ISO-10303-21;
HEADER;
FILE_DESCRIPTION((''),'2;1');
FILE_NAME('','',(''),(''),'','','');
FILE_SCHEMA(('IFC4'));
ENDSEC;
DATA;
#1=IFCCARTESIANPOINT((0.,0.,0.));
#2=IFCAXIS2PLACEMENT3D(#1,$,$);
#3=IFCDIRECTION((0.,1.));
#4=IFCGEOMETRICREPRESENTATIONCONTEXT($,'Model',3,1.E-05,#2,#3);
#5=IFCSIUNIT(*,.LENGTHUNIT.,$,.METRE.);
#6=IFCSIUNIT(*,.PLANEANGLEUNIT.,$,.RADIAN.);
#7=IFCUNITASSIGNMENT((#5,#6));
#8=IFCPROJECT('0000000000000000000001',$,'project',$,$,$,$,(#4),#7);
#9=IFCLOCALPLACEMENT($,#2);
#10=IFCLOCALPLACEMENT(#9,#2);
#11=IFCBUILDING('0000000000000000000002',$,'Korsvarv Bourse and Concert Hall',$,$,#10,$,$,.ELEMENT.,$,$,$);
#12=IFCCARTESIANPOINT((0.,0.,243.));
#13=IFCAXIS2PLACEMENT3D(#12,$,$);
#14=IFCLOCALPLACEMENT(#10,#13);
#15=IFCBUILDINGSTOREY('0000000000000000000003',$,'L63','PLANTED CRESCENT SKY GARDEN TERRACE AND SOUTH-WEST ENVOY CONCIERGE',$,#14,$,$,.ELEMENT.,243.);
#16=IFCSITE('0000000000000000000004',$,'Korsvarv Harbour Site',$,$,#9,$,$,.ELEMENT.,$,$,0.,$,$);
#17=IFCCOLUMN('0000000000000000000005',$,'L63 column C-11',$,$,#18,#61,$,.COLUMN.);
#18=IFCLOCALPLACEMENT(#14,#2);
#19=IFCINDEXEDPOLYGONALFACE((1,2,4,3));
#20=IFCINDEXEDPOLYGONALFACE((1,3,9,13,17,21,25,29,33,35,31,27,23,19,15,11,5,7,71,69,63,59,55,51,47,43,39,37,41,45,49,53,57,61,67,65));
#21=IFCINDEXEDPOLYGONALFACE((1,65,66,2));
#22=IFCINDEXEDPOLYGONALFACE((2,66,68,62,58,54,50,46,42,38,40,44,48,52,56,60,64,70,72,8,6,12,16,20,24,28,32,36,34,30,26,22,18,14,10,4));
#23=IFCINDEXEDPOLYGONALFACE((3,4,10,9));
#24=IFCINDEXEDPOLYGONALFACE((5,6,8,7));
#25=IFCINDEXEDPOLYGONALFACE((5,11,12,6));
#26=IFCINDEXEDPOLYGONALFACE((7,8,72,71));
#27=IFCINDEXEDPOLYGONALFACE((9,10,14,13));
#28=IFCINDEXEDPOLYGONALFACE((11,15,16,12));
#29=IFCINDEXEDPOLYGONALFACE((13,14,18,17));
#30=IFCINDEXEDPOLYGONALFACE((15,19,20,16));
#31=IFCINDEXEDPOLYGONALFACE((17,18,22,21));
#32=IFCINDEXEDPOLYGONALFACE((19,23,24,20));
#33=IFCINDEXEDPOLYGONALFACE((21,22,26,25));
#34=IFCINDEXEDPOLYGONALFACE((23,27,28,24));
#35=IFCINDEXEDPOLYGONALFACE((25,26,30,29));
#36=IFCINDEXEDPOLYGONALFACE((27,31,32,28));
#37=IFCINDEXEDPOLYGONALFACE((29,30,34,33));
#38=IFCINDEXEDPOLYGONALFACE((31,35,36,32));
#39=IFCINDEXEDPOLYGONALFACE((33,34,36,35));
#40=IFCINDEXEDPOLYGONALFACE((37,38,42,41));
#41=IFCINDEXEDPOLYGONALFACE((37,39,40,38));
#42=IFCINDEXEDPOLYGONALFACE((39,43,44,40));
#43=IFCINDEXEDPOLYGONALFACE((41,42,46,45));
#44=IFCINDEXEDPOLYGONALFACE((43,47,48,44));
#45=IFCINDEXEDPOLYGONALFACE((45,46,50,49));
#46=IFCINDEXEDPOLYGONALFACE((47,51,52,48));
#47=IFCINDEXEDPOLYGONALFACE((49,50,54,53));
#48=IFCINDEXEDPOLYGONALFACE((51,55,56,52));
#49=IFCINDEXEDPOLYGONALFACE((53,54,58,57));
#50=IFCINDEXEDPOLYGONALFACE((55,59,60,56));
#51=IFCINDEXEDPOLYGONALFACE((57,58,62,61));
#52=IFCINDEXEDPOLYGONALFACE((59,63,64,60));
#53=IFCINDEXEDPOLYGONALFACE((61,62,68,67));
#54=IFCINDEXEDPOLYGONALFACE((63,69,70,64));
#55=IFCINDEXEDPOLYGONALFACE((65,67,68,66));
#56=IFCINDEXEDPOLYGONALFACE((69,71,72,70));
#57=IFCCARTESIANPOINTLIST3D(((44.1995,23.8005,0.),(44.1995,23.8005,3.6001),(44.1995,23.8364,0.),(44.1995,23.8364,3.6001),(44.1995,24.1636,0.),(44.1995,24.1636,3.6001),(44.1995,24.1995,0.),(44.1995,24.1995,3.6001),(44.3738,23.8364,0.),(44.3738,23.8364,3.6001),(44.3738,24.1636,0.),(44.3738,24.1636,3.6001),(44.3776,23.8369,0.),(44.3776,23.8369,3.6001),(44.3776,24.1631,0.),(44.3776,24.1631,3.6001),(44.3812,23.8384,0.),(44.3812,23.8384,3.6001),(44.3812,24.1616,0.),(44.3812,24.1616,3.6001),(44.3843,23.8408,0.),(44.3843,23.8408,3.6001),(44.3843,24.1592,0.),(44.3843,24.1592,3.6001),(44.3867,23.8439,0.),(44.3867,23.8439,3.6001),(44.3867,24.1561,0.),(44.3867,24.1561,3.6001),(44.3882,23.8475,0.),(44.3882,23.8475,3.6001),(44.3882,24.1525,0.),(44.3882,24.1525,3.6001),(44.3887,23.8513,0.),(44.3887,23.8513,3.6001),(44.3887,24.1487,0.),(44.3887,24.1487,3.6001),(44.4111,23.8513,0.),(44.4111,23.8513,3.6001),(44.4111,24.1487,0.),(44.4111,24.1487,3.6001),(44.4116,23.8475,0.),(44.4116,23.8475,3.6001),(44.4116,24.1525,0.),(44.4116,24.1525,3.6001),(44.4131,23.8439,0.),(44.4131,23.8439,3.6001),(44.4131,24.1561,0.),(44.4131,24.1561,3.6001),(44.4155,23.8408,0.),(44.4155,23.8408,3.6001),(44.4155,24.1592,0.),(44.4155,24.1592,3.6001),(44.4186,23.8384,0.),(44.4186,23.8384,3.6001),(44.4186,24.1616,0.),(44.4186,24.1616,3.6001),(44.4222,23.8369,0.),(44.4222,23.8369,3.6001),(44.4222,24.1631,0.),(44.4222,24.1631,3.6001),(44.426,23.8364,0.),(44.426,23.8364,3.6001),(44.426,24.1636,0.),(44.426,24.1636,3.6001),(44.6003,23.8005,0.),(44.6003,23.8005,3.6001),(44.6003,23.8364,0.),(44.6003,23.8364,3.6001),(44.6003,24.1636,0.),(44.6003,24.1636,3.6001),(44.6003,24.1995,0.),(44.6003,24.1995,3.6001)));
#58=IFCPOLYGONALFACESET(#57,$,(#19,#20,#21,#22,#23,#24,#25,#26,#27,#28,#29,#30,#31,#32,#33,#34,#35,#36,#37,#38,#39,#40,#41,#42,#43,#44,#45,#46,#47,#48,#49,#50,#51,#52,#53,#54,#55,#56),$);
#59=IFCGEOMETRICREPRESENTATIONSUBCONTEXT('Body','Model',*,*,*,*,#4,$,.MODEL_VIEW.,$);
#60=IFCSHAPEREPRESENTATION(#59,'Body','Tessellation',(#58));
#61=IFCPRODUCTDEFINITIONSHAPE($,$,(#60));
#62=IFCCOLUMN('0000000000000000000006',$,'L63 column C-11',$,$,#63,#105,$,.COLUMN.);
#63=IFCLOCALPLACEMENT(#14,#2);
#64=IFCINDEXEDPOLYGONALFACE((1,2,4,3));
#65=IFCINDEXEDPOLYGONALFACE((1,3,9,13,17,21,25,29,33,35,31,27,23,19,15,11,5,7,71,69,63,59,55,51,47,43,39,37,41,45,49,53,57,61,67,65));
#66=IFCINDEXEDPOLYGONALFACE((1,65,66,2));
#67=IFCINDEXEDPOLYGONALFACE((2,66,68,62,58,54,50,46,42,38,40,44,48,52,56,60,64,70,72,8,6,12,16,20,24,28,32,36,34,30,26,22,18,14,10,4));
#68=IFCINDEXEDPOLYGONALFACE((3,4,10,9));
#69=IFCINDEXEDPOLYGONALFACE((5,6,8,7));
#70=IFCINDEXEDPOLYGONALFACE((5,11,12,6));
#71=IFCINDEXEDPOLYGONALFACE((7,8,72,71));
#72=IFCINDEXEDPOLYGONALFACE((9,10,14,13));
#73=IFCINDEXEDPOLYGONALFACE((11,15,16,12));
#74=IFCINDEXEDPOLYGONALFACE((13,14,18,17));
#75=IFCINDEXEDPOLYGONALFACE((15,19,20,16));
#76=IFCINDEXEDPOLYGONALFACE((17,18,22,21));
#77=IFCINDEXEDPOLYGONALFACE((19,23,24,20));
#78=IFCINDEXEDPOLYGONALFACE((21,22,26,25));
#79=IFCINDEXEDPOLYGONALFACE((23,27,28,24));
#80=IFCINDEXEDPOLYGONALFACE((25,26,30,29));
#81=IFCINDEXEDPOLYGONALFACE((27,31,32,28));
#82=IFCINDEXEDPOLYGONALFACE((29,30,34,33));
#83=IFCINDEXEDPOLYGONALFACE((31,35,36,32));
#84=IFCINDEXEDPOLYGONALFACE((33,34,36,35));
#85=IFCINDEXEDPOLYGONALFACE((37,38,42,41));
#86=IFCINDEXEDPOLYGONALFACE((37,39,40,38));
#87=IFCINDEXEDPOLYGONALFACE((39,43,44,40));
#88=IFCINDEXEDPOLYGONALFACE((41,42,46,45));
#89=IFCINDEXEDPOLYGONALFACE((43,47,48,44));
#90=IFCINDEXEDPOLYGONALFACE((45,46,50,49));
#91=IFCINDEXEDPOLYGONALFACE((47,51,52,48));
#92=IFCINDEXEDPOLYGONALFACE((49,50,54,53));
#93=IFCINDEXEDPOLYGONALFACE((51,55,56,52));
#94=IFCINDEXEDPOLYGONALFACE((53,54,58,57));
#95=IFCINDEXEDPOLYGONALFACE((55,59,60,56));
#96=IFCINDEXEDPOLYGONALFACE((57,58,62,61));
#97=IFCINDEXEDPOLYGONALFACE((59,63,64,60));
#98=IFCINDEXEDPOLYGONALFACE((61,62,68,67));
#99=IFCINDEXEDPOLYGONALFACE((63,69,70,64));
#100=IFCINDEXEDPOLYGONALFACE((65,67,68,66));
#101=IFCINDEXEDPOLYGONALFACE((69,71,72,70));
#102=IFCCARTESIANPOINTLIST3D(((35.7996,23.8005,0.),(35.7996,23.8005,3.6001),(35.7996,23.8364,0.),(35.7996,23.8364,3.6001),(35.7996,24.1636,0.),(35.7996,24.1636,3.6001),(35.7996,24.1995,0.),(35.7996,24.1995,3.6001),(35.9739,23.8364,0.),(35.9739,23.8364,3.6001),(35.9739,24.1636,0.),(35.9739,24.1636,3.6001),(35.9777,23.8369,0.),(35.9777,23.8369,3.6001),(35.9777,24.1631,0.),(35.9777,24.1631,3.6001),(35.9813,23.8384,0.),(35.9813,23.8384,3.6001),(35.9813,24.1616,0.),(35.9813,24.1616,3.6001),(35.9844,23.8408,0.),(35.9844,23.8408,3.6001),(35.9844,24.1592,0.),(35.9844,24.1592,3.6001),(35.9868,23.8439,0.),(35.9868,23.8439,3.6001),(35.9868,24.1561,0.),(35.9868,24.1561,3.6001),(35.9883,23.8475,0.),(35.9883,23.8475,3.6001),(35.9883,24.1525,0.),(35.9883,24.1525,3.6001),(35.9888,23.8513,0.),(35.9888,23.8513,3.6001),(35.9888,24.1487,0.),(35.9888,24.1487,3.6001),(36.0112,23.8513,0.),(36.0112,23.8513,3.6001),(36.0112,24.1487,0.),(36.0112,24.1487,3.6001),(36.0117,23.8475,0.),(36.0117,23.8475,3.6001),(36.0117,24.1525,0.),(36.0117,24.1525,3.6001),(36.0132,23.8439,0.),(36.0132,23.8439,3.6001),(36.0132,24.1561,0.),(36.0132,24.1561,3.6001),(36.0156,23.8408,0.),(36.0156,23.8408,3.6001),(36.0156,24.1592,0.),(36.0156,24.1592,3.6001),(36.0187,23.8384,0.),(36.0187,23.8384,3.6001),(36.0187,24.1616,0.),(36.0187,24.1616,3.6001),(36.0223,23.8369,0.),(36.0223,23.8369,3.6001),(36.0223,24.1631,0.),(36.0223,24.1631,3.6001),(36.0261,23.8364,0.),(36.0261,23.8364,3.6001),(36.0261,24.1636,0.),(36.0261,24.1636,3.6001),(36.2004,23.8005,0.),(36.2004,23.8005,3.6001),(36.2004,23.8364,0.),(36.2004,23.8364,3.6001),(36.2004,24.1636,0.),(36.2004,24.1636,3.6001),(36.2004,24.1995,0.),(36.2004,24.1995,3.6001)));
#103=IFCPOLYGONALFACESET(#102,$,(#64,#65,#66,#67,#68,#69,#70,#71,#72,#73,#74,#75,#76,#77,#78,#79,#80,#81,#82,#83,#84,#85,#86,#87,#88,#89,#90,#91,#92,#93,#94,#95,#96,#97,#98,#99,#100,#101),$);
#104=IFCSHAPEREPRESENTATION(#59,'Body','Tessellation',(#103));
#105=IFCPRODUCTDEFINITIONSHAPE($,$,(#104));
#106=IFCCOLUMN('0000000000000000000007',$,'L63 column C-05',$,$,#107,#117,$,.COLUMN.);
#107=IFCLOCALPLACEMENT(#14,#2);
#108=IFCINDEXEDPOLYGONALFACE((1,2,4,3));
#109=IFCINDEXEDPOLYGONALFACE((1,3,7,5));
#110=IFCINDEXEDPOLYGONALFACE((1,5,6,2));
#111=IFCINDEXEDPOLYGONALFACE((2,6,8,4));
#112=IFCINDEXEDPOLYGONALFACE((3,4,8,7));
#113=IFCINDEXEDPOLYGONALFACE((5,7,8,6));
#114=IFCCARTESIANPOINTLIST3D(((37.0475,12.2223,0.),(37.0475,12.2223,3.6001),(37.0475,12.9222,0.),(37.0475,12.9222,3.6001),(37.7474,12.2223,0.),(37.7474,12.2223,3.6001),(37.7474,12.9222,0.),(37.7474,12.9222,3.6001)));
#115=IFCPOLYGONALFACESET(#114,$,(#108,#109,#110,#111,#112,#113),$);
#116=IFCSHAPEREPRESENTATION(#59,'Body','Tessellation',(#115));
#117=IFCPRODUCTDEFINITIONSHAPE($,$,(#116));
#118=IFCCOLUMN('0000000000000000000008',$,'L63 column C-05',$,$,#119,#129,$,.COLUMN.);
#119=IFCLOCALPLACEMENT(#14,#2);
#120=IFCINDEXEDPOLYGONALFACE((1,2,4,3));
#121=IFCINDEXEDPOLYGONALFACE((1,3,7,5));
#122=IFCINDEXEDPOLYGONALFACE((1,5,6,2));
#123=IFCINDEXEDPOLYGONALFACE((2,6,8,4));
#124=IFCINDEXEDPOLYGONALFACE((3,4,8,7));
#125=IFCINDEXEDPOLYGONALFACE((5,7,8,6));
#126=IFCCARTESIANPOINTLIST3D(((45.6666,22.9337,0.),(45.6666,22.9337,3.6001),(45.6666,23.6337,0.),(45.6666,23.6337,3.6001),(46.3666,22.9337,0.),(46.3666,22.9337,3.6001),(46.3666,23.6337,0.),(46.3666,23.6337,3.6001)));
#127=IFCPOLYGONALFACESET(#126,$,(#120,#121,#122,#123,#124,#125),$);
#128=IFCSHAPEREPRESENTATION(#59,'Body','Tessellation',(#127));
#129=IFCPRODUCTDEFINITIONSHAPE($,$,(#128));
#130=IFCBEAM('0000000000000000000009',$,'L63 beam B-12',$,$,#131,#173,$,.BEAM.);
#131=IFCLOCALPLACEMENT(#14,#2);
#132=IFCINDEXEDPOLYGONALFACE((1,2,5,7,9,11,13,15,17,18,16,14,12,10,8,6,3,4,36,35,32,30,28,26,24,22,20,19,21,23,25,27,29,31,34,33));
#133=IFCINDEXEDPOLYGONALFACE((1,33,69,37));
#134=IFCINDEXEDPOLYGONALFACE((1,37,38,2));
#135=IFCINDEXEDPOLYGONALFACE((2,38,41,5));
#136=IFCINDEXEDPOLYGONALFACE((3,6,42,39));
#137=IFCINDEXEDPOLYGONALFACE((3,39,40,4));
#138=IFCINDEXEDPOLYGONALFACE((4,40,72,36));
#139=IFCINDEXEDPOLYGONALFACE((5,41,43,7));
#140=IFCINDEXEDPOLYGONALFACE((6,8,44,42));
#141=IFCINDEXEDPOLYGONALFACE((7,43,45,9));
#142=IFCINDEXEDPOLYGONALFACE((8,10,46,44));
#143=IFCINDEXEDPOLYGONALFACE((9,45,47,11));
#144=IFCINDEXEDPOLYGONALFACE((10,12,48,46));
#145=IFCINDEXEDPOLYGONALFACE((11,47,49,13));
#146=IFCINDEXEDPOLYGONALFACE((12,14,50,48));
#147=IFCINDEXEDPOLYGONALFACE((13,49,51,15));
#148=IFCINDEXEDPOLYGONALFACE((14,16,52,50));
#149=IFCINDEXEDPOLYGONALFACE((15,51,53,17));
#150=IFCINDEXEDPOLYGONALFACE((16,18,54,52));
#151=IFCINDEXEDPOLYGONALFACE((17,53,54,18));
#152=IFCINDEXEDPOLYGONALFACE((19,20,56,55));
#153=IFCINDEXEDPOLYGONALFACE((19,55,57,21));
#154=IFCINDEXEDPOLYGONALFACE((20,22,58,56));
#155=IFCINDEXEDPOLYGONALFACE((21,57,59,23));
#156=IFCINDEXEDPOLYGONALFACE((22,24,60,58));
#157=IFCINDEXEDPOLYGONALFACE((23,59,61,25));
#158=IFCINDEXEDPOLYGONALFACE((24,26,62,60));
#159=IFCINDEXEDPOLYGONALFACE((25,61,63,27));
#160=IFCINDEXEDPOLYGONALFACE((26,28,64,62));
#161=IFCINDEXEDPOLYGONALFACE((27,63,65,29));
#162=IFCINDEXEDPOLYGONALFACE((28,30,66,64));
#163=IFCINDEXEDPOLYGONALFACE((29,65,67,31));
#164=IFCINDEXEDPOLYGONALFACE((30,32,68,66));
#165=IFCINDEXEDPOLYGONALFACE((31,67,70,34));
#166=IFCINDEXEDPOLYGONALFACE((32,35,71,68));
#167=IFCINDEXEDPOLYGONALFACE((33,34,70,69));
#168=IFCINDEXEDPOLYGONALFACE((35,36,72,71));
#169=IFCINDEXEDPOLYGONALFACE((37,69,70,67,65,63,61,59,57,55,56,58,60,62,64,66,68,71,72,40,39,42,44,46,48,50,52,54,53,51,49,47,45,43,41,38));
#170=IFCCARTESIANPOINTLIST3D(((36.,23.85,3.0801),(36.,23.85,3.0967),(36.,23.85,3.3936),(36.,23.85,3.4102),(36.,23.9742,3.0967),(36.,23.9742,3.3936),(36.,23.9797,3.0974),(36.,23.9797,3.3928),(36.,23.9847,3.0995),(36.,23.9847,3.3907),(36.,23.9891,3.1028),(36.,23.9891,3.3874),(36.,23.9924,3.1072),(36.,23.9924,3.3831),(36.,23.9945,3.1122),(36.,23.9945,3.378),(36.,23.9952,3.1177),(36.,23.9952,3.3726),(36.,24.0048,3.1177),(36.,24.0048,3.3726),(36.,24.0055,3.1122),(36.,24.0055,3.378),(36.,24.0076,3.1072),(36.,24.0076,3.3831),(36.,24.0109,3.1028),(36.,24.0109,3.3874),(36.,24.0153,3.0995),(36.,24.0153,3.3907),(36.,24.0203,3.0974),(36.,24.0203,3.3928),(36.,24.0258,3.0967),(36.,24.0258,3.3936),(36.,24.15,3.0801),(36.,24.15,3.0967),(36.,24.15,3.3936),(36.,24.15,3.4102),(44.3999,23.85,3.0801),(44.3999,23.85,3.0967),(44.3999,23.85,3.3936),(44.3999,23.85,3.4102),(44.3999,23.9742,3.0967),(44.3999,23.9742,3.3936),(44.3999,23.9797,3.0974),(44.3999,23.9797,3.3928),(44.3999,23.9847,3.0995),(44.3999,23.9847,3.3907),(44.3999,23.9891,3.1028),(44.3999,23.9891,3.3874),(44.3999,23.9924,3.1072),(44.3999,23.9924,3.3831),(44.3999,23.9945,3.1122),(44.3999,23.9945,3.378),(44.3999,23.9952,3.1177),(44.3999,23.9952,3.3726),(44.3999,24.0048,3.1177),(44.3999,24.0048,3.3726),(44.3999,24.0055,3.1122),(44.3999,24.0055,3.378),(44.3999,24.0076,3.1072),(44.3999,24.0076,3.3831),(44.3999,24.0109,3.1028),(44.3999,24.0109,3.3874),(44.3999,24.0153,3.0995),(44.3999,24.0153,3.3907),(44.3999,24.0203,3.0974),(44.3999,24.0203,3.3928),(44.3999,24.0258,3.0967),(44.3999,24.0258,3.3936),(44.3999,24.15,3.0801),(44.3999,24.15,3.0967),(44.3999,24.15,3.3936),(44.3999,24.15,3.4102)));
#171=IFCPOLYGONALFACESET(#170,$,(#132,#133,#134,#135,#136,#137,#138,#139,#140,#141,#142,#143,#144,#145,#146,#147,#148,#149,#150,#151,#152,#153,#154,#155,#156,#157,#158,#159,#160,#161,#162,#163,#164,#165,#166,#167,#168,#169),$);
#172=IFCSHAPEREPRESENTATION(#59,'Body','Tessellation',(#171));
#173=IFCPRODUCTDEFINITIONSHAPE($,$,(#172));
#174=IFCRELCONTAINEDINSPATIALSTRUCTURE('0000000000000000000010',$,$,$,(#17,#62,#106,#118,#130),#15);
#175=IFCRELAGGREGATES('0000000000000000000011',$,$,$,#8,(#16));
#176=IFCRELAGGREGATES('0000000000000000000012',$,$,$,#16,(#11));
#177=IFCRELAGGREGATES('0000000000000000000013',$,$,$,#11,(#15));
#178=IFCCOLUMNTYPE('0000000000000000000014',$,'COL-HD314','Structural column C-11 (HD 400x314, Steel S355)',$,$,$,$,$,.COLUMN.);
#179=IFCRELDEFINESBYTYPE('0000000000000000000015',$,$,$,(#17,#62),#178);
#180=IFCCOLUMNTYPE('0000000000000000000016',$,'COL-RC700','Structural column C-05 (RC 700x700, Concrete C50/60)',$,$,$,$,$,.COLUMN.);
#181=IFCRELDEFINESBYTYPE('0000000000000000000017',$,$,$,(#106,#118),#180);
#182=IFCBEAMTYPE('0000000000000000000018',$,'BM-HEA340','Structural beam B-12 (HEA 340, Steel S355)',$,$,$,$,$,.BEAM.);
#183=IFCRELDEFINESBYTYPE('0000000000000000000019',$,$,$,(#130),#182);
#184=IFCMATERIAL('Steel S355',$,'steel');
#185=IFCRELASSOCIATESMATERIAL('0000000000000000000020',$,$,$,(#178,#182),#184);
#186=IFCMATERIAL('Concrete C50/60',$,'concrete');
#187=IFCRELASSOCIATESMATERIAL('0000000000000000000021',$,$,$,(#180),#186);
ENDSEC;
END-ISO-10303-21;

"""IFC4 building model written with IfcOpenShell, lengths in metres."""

from ifc_helpers import new_model, si_unit, direction, frame, origin, origin_2d, place, context, subcontext, project, spatial, rectangle, i_section, extrude, source, transform, mapped, material, material_profile, profile_set, type_object, element, save


model = new_model("IFC4")

# Units and contexts
model_context = context("Model", 3, precision=1e-05, world=origin(), true_north=direction((0.0, 1.0)))
body_context = subcontext(model_context, "Body", "Model", "MODEL_VIEW")
ifc_project = project(units=[si_unit("LENGTHUNIT", "METRE"), si_unit("PLANEANGLEUNIT", "RADIAN")], contexts=[model_context])

# Site, building, storey
site_placement = place(None, origin())
site = spatial("IfcSite", under=ifc_project, at=site_placement, Name="Korsvarv Harbour Site", CompositionType="ELEMENT", RefElevation=0.0)
building_placement = place(site_placement, origin())
building = spatial("IfcBuilding", under=site, at=building_placement, Name="Korsvarv Bourse and Concert Hall", CompositionType="ELEMENT")
storey_placement = place(building_placement, frame((0.0, 0.0, 243.0)))
storey = spatial("IfcBuildingStorey", under=building, at=storey_placement, Name="L63", Description="PLANTED CRESCENT SKY GARDEN TERRACE AND SOUTH-WEST ENVOY CONCIERGE", CompositionType="ELEMENT", Elevation=243.0)

# Columns
ifc_material_1 = material(Name="Steel S355", Category="steel")
ifc_material_profile_1 = material_profile(ifc_material_1, i_section(OverallWidth=0.4009, OverallDepth=0.3989, WebThickness=0.0225, FlangeThickness=0.0359, FilletRadius=0.0149, at=origin_2d()), Name="HD 400x314")
ifc_profile_set_1 = profile_set([ifc_material_profile_1], Name="Steel S355")
column_type_1 = type_object("IfcColumnType", Name="COL-HD314", Description="Structural column C-11 (HD 400x314, Steel S355)", PredefinedType="COLUMN", material=ifc_profile_set_1)
shared_shape_1 = source(origin(), body_context, "Body", "SweptSolid", [
    extrude(i_section(OverallWidth=0.4009, OverallDepth=0.3989, WebThickness=0.0225, FlangeThickness=0.0359, FilletRadius=0.0149, at=origin_2d()), origin(), (0.0, 0.0, 1.0), 3.6001),
])
for number, where, z_axis, x_axis, name in (
    (1, (44.3999, 24.0, 0.0), (0.0, 0.0, 1.0), (1.0, 0.0, 0.0), "L63 column C-11"),
    (2, (36.0, 24.0, 0.0), (0.0, 0.0, 1.0), (1.0, 0.0, 0.0), "L63 column C-11"),
):
    element("IfcColumn", number, at=place(storey_placement, frame(where, z_axis=z_axis, x_axis=x_axis)), inside=storey, type_object=column_type_1, Name=name, PredefinedType="COLUMN", context=body_context, shape_type="MappedRepresentation", body=[
        mapped(shared_shape_1, transform((0.0, 0.0, 0.0), scale=1.0)),
    ])
ifc_material_2 = material(Name="Concrete C50/60", Category="concrete")
ifc_material_profile_2 = material_profile(ifc_material_2, rectangle(XDim=0.7, YDim=0.7, at=origin_2d()), Name="RC 700x700")
ifc_profile_set_2 = profile_set([ifc_material_profile_2], Name="Concrete C50/60")
column_type_2 = type_object("IfcColumnType", Name="COL-RC700", Description="Structural column C-05 (RC 700x700, Concrete C50/60)", PredefinedType="COLUMN", material=ifc_profile_set_2)
shared_shape_2 = source(origin(), body_context, "Body", "SweptSolid", [
    extrude(rectangle(XDim=0.7, YDim=0.7, at=origin_2d()), origin(), (0.0, 0.0, 1.0), 3.6001),
])
for number, where, z_axis, x_axis, name in (
    (3, (37.3975, 12.5723, 0.0), (0.0, 0.0, 1.0), (1.0, 0.0, 0.0), "L63 column C-05"),
    (4, (46.0166, 23.2837, 0.0), (0.0, 0.0, 1.0), (1.0, 0.0, 0.0), "L63 column C-05"),
):
    element("IfcColumn", number, at=place(storey_placement, frame(where, z_axis=z_axis, x_axis=x_axis)), inside=storey, type_object=column_type_2, Name=name, PredefinedType="COLUMN", context=body_context, shape_type="MappedRepresentation", body=[
        mapped(shared_shape_2, transform((0.0, 0.0, 0.0), scale=1.0)),
    ])

# Beam
ifc_material_profile_3 = material_profile(ifc_material_1, i_section(OverallWidth=0.3, OverallDepth=0.3301, WebThickness=0.0095, FlangeThickness=0.0166, FilletRadius=0.021, at=origin_2d()), Name="HEA 340")
ifc_profile_set_3 = profile_set([ifc_material_profile_3], Name="Steel S355")
beam_type_1 = type_object("IfcBeamType", Name="BM-HEA340", Description="Structural beam B-12 (HEA 340, Steel S355)", PredefinedType="BEAM", material=ifc_profile_set_3)
shared_shape_3 = source(origin(), body_context, "Body", "SweptSolid", [
    extrude(i_section(OverallWidth=0.3, OverallDepth=0.3301, WebThickness=0.0095, FlangeThickness=0.0166, FilletRadius=0.021, at=origin_2d()), origin(), (0.0, 0.0, 1.0), 8.3999),
])
for number, where, z_axis, x_axis, name in (
    (5, (36.0, 24.0, 3.2451), (1.0, 0.0, 0.0), (0.0, 1.0, 0.0), "L63 beam B-12"),
):
    element("IfcBeam", number, at=place(storey_placement, frame(where, z_axis=z_axis, x_axis=x_axis)), inside=storey, type_object=beam_type_1, Name=name, PredefinedType="BEAM", context=body_context, shape_type="MappedRepresentation", body=[
        mapped(shared_shape_3, transform((0.0, 0.0, 0.0), scale=1.0)),
    ])

save(model, "model.ifc")
